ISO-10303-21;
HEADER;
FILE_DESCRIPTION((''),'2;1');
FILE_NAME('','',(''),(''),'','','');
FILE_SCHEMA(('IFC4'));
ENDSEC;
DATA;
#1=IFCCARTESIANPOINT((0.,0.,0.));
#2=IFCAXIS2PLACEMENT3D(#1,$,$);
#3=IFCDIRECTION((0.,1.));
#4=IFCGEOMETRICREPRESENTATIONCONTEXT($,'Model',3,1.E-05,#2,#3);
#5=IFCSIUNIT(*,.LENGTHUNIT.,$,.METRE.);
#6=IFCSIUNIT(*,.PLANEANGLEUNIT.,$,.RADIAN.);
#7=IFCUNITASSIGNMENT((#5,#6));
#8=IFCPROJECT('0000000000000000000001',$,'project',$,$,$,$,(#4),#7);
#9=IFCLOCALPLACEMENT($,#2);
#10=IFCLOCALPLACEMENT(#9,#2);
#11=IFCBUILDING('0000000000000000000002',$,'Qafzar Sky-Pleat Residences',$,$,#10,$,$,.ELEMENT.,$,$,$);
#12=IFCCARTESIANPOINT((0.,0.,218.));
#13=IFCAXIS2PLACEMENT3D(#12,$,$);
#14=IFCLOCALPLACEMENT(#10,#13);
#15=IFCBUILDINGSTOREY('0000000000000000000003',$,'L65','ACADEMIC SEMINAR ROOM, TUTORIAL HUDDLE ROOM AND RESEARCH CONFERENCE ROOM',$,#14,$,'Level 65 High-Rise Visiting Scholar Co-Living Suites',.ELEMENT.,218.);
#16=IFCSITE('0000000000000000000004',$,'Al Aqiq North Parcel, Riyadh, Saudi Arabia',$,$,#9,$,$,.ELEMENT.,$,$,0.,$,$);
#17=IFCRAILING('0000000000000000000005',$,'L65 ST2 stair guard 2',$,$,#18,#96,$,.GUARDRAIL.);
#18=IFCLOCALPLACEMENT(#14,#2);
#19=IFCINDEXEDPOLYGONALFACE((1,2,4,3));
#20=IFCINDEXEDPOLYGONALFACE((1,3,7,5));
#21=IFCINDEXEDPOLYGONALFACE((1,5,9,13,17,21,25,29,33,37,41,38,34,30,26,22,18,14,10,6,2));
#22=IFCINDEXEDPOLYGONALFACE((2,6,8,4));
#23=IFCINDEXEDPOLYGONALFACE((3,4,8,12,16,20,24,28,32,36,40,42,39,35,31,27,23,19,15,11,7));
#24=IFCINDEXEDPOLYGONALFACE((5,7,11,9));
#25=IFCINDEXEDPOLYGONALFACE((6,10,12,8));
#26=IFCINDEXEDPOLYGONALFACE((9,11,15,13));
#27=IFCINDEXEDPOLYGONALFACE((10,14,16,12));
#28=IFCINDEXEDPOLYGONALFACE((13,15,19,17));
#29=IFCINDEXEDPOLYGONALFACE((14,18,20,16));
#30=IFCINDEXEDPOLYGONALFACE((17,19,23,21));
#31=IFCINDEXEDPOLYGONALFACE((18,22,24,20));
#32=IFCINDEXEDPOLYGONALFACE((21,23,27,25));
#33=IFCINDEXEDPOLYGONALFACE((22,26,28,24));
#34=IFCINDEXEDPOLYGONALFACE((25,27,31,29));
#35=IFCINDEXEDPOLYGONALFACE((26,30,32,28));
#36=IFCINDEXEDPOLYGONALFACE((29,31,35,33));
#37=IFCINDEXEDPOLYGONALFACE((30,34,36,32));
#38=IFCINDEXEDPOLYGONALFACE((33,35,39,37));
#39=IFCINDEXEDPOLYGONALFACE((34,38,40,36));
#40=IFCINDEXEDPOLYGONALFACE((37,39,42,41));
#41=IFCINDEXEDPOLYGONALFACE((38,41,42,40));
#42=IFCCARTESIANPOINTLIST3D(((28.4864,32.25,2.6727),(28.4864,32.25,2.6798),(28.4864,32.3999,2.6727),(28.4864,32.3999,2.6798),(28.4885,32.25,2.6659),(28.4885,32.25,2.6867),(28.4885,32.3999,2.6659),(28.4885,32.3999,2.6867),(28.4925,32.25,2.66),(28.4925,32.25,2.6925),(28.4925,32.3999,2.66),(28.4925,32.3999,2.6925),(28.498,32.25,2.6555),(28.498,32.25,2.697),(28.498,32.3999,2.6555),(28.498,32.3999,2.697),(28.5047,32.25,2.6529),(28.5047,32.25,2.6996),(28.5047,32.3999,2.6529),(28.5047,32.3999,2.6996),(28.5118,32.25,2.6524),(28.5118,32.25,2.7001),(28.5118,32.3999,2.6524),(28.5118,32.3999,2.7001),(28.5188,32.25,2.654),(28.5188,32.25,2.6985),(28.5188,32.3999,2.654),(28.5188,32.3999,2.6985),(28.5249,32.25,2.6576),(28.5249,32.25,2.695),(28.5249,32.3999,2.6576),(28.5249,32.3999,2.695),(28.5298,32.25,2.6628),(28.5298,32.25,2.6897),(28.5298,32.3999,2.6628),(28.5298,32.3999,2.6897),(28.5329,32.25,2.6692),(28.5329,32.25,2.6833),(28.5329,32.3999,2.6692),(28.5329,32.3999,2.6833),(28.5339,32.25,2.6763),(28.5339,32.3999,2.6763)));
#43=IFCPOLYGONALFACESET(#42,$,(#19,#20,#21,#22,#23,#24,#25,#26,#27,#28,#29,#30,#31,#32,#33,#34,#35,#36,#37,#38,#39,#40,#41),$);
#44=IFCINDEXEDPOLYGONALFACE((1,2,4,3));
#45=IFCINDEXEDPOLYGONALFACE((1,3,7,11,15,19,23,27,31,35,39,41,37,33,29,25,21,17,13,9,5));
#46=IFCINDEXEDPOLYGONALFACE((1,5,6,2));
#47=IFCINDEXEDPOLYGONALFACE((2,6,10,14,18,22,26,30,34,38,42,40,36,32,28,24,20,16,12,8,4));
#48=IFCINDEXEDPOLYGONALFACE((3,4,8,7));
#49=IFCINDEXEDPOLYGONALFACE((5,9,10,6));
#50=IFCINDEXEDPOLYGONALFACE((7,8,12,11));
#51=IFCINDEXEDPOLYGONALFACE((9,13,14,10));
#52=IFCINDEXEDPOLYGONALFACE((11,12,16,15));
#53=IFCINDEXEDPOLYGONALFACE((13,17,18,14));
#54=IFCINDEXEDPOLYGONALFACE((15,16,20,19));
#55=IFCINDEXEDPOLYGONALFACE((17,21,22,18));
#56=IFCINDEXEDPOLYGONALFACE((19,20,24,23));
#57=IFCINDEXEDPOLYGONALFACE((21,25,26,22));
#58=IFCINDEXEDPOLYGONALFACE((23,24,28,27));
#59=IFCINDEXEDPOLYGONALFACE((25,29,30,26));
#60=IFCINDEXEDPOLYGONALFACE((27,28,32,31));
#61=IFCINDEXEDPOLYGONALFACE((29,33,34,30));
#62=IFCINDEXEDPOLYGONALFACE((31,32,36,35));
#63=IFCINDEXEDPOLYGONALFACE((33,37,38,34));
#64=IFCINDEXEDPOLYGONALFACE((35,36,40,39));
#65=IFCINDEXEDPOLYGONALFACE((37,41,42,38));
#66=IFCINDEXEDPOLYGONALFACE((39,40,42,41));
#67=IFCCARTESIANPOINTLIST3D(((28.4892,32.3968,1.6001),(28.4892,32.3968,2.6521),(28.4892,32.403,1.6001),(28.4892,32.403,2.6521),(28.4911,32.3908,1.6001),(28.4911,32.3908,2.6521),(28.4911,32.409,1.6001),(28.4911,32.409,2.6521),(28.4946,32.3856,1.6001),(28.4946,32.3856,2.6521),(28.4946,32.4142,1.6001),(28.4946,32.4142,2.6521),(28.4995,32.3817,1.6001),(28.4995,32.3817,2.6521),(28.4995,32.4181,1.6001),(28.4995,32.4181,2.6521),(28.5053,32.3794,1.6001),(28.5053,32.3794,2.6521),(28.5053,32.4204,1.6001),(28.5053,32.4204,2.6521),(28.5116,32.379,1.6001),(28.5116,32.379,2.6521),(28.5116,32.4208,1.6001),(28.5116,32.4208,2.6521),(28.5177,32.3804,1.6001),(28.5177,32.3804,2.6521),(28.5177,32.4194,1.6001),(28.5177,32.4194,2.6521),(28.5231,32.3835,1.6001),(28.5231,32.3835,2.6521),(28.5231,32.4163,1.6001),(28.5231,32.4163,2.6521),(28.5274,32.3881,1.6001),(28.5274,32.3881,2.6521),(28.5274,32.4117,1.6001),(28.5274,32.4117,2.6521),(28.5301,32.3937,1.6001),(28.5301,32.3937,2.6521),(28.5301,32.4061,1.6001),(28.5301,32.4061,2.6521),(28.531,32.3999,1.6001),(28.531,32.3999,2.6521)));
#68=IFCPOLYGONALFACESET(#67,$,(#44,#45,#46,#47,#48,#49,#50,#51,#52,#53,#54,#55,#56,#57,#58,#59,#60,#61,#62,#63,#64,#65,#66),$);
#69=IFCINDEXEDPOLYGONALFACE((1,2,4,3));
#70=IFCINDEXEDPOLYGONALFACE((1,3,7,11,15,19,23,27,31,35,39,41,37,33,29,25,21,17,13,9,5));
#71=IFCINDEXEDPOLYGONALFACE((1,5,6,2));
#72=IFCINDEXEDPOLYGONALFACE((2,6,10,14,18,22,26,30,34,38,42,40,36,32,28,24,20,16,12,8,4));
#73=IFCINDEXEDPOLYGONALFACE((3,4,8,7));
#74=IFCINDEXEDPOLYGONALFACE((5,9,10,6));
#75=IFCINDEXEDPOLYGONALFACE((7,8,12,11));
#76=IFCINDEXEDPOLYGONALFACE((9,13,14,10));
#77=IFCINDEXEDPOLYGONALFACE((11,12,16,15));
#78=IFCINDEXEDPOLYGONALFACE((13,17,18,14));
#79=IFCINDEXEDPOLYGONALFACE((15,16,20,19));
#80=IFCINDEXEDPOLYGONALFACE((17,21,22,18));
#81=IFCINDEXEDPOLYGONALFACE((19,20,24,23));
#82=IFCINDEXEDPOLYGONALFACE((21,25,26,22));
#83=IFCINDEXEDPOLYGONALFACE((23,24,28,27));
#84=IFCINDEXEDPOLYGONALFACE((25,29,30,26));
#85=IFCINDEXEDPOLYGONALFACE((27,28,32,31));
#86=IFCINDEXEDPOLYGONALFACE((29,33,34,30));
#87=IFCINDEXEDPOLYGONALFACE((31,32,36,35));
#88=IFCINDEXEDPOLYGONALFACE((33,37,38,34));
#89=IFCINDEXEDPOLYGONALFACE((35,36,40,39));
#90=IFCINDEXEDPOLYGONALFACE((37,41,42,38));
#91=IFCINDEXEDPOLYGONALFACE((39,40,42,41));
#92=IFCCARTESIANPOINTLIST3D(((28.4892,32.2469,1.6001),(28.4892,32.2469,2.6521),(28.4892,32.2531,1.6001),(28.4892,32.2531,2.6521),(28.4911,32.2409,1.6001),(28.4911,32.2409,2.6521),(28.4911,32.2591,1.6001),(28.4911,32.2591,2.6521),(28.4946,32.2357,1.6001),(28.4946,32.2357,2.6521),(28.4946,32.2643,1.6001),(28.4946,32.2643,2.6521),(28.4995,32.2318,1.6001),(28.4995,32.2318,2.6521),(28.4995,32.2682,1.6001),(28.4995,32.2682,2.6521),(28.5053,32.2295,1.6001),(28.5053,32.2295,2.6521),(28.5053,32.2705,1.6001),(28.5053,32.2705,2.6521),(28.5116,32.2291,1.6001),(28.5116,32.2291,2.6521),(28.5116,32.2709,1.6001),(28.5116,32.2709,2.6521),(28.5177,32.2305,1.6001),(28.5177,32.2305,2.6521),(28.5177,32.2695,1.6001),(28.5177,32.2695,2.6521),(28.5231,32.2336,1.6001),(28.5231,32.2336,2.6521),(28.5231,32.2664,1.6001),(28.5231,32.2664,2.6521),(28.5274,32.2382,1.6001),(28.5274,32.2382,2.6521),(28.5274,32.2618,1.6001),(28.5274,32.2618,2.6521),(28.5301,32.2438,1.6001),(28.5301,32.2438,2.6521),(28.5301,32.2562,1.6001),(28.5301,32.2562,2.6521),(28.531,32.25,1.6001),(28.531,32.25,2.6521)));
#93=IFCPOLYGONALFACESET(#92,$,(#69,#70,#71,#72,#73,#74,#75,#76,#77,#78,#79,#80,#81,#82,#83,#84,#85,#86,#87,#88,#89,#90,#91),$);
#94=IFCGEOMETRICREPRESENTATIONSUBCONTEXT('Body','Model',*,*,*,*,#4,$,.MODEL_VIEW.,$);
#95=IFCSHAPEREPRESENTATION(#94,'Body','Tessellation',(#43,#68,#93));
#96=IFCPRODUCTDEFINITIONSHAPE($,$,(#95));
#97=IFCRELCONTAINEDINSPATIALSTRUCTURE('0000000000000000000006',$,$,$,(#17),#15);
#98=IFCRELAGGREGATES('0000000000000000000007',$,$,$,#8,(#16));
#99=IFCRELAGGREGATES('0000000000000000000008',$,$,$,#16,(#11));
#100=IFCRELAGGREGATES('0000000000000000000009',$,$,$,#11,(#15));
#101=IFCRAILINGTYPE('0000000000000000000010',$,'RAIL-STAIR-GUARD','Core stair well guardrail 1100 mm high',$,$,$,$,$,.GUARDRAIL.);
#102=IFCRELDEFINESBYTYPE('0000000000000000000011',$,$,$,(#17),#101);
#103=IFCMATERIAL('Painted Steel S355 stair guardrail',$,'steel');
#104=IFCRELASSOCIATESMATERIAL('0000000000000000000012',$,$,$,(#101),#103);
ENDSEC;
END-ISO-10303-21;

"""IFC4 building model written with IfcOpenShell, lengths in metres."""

from ifc_helpers import new_model, si_unit, direction, frame, origin, origin_2d, place, context, subcontext, project, spatial, circle, extrude, source, transform, mapped, material, type_object, element, save


model = new_model("IFC4")

# Units and contexts
model_context = context("Model", 3, precision=1e-05, world=origin(), true_north=direction((0.0, 1.0)))
body_context = subcontext(model_context, "Body", "Model", "MODEL_VIEW")
ifc_project = project(units=[si_unit("LENGTHUNIT", "METRE"), si_unit("PLANEANGLEUNIT", "RADIAN")], contexts=[model_context])

# Site, building, storey
site_placement = place(None, origin())
site = spatial("IfcSite", under=ifc_project, at=site_placement, Name="Al Aqiq North Parcel, Riyadh, Saudi Arabia", CompositionType="ELEMENT", RefElevation=0.0)
building_placement = place(site_placement, origin())
building = spatial("IfcBuilding", under=site, at=building_placement, Name="Qafzar Sky-Pleat Residences", CompositionType="ELEMENT")
storey_placement = place(building_placement, frame((0.0, 0.0, 218.0)))
storey = spatial("IfcBuildingStorey", under=building, at=storey_placement, Name="L65", Description="ACADEMIC SEMINAR ROOM, TUTORIAL HUDDLE ROOM AND RESEARCH CONFERENCE ROOM", LongName="Level 65 High-Rise Visiting Scholar Co-Living Suites", CompositionType="ELEMENT", Elevation=218.0)

# Railing
ifc_material_1 = material(Name="Painted Steel S355 stair guardrail", Category="steel")
railing_type_1 = type_object("IfcRailingType", Name="RAIL-STAIR-GUARD", Description="Core stair well guardrail 1100 mm high", PredefinedType="GUARDRAIL", material=ifc_material_1)
shared_shape_1 = source(origin(), body_context, "Body", "SweptSolid", [
    extrude(circle(Radius=0.0239, at=origin_2d()), frame((0.0, 0.0, 1.0762), z_axis=(0.0, -1.0, 0.0), x_axis=(1.0, 0.0, 0.0)), (0.0, 0.0, 1.0), 0.1499),
    extrude(circle(Radius=0.021, at=origin_2d()), origin(), (0.0, 0.0, 1.0), 1.052),
    extrude(circle(Radius=0.021, at=origin_2d()), frame((0.0, -0.1499, 0.0)), (0.0, 0.0, 1.0), 1.052),
])
railing_1_placement = place(storey_placement, frame((28.51, 32.3999, 1.6001)))
element("IfcRailing", 1, at=railing_1_placement, inside=storey, type_object=railing_type_1, Name="L65 ST2 stair guard 2", PredefinedType="GUARDRAIL", context=body_context, shape_type="MappedRepresentation", body=[
    mapped(shared_shape_1, transform((0.0, 0.0, 0.0), x_axis=(1.0, 0.0, 0.0), y_axis=(0.0, 1.0, 0.0), z_axis=(0.0, 0.0, 1.0), scale=1.0)),
])

save(model, "model.ifc")
